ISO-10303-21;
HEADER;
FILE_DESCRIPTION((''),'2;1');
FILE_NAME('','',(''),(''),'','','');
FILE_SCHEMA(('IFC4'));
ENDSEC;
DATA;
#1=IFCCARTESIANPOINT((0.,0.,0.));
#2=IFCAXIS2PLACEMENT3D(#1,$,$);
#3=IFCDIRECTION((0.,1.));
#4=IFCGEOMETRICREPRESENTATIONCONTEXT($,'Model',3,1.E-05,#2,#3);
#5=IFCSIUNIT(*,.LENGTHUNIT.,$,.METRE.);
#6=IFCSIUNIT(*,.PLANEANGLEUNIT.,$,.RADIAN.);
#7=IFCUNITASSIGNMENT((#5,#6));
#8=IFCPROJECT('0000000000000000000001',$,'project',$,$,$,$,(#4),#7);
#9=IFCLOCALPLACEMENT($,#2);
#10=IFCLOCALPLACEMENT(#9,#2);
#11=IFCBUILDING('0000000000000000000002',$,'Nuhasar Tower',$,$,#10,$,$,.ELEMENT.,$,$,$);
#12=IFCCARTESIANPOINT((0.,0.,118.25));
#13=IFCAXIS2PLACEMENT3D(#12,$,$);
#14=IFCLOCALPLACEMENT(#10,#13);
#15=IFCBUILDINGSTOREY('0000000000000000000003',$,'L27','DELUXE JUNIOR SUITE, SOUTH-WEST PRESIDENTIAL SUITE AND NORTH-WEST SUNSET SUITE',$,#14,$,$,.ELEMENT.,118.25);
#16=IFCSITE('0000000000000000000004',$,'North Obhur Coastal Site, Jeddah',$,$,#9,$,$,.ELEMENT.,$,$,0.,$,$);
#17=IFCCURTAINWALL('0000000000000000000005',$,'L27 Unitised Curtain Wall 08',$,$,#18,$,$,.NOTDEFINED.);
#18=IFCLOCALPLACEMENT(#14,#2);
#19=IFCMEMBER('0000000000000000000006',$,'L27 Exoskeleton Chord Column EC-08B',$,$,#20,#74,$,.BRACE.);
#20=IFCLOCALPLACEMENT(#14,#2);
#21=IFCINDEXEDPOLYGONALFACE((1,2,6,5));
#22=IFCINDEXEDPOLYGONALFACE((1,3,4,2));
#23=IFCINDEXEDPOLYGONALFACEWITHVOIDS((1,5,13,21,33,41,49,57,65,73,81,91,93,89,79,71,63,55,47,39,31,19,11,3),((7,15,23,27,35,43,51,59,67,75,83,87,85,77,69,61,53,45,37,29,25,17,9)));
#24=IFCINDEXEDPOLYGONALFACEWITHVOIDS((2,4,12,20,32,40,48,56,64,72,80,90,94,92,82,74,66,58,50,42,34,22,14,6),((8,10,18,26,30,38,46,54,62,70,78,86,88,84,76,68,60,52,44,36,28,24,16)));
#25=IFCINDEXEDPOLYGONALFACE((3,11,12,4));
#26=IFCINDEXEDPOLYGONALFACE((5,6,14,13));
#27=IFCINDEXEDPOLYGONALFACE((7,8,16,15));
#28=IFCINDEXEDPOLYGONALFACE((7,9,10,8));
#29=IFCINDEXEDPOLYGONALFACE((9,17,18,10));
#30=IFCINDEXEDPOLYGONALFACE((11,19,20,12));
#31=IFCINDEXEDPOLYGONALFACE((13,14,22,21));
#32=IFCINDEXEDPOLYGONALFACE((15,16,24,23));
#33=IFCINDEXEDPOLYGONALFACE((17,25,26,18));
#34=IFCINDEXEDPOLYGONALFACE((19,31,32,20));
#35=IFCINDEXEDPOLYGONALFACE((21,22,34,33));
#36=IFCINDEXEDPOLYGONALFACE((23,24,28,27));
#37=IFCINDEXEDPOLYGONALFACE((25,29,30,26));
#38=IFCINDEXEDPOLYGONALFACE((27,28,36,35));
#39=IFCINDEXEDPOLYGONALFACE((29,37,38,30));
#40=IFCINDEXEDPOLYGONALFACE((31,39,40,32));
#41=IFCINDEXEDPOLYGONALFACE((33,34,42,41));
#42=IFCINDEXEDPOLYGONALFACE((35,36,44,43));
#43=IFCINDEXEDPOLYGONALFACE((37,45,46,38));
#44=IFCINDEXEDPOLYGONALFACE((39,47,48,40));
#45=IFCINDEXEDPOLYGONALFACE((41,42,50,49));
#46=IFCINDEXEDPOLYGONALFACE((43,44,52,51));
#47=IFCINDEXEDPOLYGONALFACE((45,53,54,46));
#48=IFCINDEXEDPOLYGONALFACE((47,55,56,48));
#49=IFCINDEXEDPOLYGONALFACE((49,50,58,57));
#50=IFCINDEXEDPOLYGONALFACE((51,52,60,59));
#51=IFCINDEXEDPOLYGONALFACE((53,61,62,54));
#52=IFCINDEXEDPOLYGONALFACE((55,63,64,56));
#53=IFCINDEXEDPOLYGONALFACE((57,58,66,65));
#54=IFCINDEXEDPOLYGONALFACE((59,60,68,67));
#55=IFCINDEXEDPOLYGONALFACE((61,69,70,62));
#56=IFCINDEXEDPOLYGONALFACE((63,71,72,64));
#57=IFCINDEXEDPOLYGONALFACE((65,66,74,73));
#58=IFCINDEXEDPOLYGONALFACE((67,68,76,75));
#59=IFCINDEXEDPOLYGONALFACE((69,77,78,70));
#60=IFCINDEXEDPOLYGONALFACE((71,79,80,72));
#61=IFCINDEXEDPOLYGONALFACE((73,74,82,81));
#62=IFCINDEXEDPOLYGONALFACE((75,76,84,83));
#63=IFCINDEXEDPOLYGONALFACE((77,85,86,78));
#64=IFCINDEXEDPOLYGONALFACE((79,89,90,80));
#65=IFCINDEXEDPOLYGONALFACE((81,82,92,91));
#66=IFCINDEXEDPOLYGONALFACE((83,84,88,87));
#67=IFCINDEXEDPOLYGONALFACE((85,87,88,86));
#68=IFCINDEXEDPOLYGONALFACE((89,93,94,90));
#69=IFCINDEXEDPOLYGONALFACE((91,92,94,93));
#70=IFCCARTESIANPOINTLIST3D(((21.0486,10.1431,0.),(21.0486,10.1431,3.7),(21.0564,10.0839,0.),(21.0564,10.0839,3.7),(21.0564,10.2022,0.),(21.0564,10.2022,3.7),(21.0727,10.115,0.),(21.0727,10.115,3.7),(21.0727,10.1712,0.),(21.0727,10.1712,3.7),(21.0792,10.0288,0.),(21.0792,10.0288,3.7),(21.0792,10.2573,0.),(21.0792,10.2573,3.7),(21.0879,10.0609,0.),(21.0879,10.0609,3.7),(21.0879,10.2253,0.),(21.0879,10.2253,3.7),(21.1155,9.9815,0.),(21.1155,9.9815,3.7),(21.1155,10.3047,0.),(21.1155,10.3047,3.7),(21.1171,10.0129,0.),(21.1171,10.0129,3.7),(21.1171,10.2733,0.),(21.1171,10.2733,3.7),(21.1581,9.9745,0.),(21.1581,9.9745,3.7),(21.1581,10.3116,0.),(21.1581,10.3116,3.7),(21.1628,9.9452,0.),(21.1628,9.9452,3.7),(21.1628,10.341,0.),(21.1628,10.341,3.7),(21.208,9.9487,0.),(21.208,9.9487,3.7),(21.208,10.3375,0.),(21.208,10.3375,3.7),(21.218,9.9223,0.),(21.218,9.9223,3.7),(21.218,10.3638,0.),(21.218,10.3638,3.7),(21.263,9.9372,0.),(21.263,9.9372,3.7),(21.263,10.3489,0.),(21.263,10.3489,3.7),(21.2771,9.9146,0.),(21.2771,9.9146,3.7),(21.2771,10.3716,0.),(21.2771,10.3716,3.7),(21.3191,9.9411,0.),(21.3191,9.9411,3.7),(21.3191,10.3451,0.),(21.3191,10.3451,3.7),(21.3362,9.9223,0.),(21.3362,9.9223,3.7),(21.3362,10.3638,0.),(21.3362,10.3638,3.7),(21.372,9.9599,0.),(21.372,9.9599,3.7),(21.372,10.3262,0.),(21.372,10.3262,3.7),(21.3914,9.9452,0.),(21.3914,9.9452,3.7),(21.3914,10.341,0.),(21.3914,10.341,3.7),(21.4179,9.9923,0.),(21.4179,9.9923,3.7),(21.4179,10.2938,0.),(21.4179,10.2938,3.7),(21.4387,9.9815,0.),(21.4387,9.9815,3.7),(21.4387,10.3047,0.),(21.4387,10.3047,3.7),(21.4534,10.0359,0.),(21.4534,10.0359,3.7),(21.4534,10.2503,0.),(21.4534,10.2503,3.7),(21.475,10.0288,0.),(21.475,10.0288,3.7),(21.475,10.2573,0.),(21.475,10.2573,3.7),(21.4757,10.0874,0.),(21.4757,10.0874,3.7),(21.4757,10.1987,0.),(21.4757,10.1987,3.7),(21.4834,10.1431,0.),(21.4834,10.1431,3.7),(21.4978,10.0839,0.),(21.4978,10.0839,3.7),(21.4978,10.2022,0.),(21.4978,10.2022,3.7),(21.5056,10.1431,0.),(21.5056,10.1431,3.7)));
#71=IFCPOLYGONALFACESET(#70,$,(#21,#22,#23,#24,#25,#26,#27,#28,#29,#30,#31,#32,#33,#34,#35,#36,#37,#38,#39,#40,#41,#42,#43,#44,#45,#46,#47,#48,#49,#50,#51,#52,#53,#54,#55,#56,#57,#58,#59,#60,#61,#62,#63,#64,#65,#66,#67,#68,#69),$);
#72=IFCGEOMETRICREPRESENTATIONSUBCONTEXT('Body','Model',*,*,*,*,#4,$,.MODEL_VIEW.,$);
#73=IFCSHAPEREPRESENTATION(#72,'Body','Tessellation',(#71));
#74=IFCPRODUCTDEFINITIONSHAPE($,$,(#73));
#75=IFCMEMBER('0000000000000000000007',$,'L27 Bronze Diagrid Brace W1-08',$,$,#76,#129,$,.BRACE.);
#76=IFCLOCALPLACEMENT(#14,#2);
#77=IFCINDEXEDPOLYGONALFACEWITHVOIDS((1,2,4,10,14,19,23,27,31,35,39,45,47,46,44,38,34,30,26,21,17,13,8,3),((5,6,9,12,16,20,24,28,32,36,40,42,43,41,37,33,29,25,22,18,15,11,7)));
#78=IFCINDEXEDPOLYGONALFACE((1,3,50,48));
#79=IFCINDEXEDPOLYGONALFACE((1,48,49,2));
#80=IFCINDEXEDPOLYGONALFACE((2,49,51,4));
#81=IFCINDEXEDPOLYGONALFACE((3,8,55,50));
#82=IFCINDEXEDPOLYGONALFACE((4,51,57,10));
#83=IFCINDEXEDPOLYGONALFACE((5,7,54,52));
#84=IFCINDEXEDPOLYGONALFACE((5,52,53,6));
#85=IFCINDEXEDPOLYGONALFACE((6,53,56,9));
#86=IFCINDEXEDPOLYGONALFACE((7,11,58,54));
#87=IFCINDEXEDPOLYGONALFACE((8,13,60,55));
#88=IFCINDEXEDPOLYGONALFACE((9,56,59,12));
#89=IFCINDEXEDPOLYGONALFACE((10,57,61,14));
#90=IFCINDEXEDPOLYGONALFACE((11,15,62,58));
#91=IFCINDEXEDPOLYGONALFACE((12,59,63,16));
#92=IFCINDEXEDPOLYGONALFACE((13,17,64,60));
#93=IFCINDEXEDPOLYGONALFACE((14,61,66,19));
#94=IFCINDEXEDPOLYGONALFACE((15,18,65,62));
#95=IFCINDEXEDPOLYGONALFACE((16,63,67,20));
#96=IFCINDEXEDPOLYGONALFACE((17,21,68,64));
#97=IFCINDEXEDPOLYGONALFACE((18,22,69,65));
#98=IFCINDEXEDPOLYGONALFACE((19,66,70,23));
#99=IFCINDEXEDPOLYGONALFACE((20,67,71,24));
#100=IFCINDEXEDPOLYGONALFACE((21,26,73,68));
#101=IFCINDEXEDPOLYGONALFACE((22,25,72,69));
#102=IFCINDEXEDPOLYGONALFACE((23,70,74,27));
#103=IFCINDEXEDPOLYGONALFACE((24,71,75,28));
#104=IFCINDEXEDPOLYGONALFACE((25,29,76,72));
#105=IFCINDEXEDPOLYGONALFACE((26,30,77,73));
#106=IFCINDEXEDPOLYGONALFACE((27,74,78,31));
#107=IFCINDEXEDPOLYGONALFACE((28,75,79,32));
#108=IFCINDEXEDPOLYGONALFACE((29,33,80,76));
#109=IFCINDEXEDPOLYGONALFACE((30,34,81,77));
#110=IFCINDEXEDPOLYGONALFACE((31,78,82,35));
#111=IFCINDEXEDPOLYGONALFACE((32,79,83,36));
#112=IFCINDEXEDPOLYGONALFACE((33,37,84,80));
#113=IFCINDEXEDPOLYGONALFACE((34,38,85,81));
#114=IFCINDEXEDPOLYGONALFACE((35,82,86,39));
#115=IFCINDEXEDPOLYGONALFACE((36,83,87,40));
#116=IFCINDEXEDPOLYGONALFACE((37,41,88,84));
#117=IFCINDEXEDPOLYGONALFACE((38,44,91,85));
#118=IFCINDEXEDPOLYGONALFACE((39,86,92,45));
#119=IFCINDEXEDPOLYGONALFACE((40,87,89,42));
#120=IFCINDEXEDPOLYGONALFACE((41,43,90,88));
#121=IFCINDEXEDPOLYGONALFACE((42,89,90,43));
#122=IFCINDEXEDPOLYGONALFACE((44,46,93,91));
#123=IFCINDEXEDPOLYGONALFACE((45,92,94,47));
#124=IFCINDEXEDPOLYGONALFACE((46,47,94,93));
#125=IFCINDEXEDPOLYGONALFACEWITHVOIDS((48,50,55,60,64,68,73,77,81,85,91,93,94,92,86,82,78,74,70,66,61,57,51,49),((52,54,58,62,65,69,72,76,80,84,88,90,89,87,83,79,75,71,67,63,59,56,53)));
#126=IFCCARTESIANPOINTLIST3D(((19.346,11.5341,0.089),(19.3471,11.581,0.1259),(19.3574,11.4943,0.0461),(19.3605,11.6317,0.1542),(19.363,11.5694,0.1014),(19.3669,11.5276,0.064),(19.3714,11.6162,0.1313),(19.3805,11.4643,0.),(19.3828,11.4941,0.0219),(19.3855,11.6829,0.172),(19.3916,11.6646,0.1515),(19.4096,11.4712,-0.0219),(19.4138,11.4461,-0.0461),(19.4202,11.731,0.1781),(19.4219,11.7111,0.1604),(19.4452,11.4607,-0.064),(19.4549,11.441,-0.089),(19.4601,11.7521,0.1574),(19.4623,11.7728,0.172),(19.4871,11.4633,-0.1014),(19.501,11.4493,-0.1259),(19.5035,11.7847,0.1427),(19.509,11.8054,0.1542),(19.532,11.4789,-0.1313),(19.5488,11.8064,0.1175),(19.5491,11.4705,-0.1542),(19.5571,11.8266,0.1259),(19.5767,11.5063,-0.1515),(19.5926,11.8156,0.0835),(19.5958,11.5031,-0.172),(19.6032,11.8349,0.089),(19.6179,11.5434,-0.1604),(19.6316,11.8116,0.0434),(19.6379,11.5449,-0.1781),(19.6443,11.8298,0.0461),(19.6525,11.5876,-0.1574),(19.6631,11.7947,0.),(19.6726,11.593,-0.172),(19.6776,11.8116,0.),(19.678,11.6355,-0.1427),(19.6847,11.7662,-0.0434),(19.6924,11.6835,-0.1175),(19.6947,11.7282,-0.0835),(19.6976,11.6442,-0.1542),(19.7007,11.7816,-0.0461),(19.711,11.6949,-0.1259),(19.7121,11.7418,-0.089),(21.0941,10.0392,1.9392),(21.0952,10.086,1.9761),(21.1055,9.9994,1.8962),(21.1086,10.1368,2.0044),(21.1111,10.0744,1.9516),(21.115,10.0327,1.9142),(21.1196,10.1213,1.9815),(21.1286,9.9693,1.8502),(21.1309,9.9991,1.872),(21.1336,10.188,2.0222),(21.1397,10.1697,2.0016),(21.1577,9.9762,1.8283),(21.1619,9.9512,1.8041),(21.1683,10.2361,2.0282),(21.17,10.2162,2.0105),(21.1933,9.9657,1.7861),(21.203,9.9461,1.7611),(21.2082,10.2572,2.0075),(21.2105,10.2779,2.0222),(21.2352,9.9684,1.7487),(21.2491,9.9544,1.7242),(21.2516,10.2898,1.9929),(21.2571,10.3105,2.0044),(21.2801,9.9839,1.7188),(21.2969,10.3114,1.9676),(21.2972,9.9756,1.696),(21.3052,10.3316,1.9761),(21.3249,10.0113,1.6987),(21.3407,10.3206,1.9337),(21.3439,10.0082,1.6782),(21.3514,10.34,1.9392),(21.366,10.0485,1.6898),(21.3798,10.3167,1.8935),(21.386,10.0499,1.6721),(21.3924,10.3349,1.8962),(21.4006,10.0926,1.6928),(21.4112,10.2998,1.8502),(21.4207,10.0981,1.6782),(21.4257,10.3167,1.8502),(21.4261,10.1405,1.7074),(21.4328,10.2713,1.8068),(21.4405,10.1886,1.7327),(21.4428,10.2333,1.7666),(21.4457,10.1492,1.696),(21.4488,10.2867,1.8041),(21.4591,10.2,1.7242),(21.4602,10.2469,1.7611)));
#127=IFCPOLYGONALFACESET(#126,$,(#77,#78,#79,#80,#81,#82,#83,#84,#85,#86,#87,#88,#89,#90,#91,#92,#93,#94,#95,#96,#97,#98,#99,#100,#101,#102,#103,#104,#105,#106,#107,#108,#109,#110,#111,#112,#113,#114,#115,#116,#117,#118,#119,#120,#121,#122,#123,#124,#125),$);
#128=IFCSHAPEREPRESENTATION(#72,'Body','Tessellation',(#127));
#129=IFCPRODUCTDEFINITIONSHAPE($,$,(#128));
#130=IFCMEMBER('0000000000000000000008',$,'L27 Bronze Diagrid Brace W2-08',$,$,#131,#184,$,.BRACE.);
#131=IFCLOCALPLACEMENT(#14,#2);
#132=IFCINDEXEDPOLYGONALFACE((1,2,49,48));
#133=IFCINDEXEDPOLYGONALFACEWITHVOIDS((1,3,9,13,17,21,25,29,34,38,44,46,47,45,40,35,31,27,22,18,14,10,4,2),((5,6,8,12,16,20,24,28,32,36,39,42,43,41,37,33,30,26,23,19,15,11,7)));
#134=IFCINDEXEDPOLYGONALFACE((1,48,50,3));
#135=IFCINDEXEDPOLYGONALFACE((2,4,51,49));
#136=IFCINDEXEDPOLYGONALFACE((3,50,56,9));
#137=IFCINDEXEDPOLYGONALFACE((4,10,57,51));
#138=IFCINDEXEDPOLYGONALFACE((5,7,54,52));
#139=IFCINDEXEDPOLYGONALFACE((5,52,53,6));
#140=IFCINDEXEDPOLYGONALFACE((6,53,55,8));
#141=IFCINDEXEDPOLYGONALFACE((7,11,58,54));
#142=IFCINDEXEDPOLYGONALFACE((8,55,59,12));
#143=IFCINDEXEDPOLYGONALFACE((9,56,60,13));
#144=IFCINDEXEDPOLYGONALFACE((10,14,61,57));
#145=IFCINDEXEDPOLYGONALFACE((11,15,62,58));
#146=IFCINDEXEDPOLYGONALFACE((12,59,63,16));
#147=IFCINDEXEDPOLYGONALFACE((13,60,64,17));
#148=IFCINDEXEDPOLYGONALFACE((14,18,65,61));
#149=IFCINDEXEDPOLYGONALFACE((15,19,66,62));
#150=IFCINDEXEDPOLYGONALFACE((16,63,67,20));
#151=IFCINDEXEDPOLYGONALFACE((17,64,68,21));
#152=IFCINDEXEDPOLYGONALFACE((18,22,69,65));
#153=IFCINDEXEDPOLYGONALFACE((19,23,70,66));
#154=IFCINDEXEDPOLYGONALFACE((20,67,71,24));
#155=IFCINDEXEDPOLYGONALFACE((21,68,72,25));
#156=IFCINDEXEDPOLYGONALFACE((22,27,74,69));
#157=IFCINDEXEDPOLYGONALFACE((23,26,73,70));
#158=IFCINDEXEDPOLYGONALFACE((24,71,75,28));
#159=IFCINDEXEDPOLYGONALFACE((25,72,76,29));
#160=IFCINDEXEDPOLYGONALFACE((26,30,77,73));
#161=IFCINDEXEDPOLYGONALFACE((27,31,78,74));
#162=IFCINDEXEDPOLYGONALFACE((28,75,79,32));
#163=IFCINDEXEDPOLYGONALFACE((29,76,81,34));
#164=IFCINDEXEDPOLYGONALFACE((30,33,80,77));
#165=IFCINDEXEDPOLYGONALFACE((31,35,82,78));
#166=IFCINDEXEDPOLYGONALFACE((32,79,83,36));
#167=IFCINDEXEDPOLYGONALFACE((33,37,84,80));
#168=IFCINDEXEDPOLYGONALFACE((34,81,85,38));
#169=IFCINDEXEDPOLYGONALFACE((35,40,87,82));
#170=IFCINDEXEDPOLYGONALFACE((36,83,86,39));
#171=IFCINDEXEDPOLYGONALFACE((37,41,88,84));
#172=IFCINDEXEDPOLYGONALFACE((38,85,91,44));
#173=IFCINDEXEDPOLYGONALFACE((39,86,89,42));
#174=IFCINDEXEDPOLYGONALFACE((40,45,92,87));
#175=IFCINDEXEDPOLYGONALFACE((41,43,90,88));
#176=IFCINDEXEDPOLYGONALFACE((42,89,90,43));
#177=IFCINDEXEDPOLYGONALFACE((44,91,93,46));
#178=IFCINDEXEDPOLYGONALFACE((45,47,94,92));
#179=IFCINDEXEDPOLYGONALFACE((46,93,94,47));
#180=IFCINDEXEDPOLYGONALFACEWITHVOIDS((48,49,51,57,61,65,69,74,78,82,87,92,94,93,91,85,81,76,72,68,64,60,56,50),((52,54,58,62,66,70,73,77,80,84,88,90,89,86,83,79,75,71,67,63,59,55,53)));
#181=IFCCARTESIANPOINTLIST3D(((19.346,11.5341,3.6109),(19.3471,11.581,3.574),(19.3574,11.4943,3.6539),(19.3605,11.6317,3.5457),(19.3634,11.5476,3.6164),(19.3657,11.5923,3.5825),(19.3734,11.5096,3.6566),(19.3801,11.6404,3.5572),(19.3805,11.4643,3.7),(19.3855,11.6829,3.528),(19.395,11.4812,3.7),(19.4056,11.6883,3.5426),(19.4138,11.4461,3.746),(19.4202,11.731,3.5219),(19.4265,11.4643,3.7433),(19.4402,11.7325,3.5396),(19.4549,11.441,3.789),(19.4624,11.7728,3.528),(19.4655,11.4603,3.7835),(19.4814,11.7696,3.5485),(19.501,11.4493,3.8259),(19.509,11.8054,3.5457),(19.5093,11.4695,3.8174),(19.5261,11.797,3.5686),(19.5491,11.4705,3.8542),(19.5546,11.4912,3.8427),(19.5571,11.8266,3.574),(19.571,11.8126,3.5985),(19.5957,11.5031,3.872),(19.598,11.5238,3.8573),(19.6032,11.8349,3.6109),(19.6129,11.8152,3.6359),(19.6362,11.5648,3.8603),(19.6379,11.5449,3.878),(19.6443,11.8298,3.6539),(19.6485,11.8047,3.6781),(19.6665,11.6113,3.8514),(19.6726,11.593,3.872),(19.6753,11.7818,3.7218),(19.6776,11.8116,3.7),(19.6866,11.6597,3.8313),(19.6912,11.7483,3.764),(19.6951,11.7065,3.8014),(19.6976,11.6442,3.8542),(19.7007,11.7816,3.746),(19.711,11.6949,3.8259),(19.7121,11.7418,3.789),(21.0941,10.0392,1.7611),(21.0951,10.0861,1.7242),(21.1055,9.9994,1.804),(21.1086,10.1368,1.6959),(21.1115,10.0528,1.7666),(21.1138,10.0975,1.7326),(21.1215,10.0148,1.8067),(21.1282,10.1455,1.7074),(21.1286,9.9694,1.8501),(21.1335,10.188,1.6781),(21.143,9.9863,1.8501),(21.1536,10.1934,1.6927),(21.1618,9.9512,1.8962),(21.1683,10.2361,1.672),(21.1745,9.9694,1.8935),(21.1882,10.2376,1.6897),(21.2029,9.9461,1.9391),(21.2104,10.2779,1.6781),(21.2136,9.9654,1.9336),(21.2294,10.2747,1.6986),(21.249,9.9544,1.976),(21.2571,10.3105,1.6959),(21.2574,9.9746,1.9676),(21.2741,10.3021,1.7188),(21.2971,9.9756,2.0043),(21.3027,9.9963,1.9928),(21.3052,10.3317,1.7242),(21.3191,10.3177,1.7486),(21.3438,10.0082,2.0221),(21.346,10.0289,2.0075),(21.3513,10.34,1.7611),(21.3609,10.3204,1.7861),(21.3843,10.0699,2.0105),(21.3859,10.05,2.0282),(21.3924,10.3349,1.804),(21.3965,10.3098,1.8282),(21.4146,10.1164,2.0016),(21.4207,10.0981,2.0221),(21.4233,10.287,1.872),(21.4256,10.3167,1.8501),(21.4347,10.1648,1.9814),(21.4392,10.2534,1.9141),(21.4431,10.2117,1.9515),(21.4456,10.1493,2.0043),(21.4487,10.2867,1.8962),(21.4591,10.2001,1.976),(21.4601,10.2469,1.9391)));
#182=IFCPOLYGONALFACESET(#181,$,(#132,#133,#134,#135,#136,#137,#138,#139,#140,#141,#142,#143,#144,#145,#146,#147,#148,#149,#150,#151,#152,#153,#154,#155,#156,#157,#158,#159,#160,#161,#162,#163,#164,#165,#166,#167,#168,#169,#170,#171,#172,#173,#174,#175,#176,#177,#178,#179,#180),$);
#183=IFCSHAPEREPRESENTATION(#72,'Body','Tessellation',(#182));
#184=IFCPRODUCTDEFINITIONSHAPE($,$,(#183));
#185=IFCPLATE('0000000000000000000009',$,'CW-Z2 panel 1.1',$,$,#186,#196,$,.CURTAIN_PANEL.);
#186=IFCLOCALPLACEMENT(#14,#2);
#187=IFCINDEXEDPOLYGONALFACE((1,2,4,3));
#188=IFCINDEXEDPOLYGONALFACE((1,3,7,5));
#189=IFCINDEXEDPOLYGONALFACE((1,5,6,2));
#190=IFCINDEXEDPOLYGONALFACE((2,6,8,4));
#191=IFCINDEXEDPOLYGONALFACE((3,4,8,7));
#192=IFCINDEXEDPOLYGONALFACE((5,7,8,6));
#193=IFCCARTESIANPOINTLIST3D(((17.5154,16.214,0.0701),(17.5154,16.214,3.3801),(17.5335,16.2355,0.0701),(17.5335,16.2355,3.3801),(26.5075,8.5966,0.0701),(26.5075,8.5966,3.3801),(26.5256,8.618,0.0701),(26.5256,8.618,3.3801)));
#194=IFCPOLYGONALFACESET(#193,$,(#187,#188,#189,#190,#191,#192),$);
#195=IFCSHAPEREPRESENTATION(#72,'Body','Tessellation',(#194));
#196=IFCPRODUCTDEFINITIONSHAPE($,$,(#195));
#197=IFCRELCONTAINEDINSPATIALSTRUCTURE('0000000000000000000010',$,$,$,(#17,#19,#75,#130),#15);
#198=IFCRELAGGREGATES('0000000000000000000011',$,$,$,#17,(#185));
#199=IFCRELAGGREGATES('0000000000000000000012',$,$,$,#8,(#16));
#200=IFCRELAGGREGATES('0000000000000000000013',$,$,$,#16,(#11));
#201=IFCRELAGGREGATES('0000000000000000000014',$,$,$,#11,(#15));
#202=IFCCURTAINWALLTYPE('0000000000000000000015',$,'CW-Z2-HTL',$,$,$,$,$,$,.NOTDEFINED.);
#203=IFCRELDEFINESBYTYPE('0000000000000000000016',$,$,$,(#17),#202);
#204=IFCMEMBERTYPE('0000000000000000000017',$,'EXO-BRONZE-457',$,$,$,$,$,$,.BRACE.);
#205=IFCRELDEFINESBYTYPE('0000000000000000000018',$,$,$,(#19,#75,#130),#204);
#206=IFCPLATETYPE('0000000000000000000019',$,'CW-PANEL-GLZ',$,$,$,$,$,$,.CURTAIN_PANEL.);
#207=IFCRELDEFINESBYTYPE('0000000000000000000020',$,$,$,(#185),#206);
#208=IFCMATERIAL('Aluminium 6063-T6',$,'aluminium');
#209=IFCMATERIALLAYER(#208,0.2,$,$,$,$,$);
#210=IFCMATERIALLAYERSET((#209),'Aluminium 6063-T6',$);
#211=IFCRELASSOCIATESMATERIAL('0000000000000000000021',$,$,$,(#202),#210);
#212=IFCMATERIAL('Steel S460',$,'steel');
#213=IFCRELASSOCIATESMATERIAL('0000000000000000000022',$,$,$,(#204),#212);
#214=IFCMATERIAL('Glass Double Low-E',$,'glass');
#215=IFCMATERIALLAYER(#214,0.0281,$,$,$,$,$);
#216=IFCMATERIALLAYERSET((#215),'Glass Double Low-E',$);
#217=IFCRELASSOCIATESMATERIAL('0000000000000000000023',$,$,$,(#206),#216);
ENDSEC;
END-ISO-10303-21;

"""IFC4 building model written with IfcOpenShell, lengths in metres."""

from ifc_helpers import new_model, si_unit, direction, frame, origin, origin_2d, place, context, subcontext, project, spatial, rectangle, hollow_circle, extrude, material, layer, layer_set, material_profile, profile_set, type_object, element, aggregate, save


model = new_model("IFC4")

# Units and contexts
model_context = context("Model", 3, precision=1e-05, world=origin(), true_north=direction((0.0, 1.0)))
body_context = subcontext(model_context, "Body", "Model", "MODEL_VIEW")
ifc_project = project(units=[si_unit("LENGTHUNIT", "METRE"), si_unit("PLANEANGLEUNIT", "RADIAN")], contexts=[model_context])

# Site, building, storey
site_placement = place(None, origin())
site = spatial("IfcSite", under=ifc_project, at=site_placement, Name="North Obhur Coastal Site, Jeddah", CompositionType="ELEMENT", RefElevation=0.0)
building_placement = place(site_placement, origin())
building = spatial("IfcBuilding", under=site, at=building_placement, Name="Nuhasar Tower", CompositionType="ELEMENT")
storey_placement = place(building_placement, frame((0.0, 0.0, 118.25)))
storey = spatial("IfcBuildingStorey", under=building, at=storey_placement, Name="L27", Description="DELUXE JUNIOR SUITE, SOUTH-WEST PRESIDENTIAL SUITE AND NORTH-WEST SUNSET SUITE", CompositionType="ELEMENT", Elevation=118.25)

# Curtain wall
ifc_material_1 = material(Name="Aluminium 6063-T6", Category="aluminium")
ifc_layer_1 = layer(ifc_material_1, 0.2)
ifc_layer_set_1 = layer_set([ifc_layer_1], Name="Aluminium 6063-T6")
curtain_wall_type = type_object("IfcCurtainWallType", Name="CW-Z2-HTL", PredefinedType="NOTDEFINED", material=ifc_layer_set_1)
curtain_wall_1_placement = place(storey_placement, origin())
curtain_wall_1 = element("IfcCurtainWall", 1, at=curtain_wall_1_placement, inside=storey, type_object=curtain_wall_type, Name="L27 Unitised Curtain Wall 08", PredefinedType="NOTDEFINED")

# Members
ifc_material_2 = material(Name="Steel S460", Category="steel")
ifc_material_profile_1 = material_profile(ifc_material_2, hollow_circle(Radius=0.2285, WallThickness=0.0222, at=origin_2d()), Name="HSS457X22.2")
ifc_profile_set_1 = profile_set([ifc_material_profile_1], Name="Steel S460")
member_type_1 = type_object("IfcMemberType", Name="EXO-BRONZE-457", PredefinedType="BRACE", material=ifc_profile_set_1)
for number, where, z_axis, x_axis, name in (
    (2, (21.2771, 10.1431, 0.0), (0.0, 0.0, 1.0), (1.0, 0.0, 0.0), "L27 Exoskeleton Chord Column EC-08B"),
):
    element("IfcMember", number, at=place(storey_placement, frame(where, z_axis=z_axis, x_axis=x_axis)), inside=storey, type_object=member_type_1, Name=name, PredefinedType="BRACE", context=body_context, shape_type="SweptSolid", body=[
        extrude(hollow_circle(Radius=0.2285, WallThickness=0.0222, at=origin_2d()), origin(), (0.0, 0.0, 1.0), 3.7),
    ])
member_1_placement = place(storey_placement, frame((19.5291, 11.6379, 0.0), z_axis=(0.592195, -0.506426, 0.626767), x_axis=(0.649926, 0.759998, 0.0)))
element("IfcMember", 3, at=member_1_placement, inside=storey, type_object=member_type_1, Name="L27 Bronze Diagrid Brace W1-08", PredefinedType="BRACE", context=body_context, shape_type="SweptSolid", body=[
    extrude(hollow_circle(Radius=0.2285, WallThickness=0.0222, at=origin_2d()), origin(), (0.0, 0.0, 1.0), 2.9519),
])
member_2_placement = place(storey_placement, frame((21.2771, 10.1431, 1.8501), z_axis=(-0.592226, 0.506452, 0.626717), x_axis=(-0.649926, -0.759998, 0.0)))
element("IfcMember", 4, at=member_2_placement, inside=storey, type_object=member_type_1, Name="L27 Bronze Diagrid Brace W2-08", PredefinedType="BRACE", context=body_context, shape_type="SweptSolid", body=[
    extrude(hollow_circle(Radius=0.2285, WallThickness=0.0222, at=origin_2d()), origin(), (0.0, 0.0, 1.0), 2.9517),
])

# Plate
ifc_material_3 = material(Name="Glass Double Low-E", Category="glass")
ifc_layer_2 = layer(ifc_material_3, 0.0281)
ifc_layer_set_2 = layer_set([ifc_layer_2], Name="Glass Double Low-E")
plate_type = type_object("IfcPlateType", Name="CW-PANEL-GLZ", PredefinedType="CURTAIN_PANEL", material=ifc_layer_set_2)
plate_placement = place(storey_placement, frame((22.0205, 12.416, 0.0701), z_axis=(0.0, 0.0, 1.0), x_axis=(0.76302, -0.646374, 0.0)))
plate = element("IfcPlate", 5, at=plate_placement, type_object=plate_type, Name="CW-Z2 panel 1.1", PredefinedType="CURTAIN_PANEL", context=body_context, shape_type="SweptSolid", body=[
    extrude(rectangle(XDim=11.7849, YDim=0.0281, at=origin_2d()), origin(), (0.0, 0.0, 1.0), 3.3101),
])
aggregate(curtain_wall_1, [plate])

save(model, "model.ifc")
